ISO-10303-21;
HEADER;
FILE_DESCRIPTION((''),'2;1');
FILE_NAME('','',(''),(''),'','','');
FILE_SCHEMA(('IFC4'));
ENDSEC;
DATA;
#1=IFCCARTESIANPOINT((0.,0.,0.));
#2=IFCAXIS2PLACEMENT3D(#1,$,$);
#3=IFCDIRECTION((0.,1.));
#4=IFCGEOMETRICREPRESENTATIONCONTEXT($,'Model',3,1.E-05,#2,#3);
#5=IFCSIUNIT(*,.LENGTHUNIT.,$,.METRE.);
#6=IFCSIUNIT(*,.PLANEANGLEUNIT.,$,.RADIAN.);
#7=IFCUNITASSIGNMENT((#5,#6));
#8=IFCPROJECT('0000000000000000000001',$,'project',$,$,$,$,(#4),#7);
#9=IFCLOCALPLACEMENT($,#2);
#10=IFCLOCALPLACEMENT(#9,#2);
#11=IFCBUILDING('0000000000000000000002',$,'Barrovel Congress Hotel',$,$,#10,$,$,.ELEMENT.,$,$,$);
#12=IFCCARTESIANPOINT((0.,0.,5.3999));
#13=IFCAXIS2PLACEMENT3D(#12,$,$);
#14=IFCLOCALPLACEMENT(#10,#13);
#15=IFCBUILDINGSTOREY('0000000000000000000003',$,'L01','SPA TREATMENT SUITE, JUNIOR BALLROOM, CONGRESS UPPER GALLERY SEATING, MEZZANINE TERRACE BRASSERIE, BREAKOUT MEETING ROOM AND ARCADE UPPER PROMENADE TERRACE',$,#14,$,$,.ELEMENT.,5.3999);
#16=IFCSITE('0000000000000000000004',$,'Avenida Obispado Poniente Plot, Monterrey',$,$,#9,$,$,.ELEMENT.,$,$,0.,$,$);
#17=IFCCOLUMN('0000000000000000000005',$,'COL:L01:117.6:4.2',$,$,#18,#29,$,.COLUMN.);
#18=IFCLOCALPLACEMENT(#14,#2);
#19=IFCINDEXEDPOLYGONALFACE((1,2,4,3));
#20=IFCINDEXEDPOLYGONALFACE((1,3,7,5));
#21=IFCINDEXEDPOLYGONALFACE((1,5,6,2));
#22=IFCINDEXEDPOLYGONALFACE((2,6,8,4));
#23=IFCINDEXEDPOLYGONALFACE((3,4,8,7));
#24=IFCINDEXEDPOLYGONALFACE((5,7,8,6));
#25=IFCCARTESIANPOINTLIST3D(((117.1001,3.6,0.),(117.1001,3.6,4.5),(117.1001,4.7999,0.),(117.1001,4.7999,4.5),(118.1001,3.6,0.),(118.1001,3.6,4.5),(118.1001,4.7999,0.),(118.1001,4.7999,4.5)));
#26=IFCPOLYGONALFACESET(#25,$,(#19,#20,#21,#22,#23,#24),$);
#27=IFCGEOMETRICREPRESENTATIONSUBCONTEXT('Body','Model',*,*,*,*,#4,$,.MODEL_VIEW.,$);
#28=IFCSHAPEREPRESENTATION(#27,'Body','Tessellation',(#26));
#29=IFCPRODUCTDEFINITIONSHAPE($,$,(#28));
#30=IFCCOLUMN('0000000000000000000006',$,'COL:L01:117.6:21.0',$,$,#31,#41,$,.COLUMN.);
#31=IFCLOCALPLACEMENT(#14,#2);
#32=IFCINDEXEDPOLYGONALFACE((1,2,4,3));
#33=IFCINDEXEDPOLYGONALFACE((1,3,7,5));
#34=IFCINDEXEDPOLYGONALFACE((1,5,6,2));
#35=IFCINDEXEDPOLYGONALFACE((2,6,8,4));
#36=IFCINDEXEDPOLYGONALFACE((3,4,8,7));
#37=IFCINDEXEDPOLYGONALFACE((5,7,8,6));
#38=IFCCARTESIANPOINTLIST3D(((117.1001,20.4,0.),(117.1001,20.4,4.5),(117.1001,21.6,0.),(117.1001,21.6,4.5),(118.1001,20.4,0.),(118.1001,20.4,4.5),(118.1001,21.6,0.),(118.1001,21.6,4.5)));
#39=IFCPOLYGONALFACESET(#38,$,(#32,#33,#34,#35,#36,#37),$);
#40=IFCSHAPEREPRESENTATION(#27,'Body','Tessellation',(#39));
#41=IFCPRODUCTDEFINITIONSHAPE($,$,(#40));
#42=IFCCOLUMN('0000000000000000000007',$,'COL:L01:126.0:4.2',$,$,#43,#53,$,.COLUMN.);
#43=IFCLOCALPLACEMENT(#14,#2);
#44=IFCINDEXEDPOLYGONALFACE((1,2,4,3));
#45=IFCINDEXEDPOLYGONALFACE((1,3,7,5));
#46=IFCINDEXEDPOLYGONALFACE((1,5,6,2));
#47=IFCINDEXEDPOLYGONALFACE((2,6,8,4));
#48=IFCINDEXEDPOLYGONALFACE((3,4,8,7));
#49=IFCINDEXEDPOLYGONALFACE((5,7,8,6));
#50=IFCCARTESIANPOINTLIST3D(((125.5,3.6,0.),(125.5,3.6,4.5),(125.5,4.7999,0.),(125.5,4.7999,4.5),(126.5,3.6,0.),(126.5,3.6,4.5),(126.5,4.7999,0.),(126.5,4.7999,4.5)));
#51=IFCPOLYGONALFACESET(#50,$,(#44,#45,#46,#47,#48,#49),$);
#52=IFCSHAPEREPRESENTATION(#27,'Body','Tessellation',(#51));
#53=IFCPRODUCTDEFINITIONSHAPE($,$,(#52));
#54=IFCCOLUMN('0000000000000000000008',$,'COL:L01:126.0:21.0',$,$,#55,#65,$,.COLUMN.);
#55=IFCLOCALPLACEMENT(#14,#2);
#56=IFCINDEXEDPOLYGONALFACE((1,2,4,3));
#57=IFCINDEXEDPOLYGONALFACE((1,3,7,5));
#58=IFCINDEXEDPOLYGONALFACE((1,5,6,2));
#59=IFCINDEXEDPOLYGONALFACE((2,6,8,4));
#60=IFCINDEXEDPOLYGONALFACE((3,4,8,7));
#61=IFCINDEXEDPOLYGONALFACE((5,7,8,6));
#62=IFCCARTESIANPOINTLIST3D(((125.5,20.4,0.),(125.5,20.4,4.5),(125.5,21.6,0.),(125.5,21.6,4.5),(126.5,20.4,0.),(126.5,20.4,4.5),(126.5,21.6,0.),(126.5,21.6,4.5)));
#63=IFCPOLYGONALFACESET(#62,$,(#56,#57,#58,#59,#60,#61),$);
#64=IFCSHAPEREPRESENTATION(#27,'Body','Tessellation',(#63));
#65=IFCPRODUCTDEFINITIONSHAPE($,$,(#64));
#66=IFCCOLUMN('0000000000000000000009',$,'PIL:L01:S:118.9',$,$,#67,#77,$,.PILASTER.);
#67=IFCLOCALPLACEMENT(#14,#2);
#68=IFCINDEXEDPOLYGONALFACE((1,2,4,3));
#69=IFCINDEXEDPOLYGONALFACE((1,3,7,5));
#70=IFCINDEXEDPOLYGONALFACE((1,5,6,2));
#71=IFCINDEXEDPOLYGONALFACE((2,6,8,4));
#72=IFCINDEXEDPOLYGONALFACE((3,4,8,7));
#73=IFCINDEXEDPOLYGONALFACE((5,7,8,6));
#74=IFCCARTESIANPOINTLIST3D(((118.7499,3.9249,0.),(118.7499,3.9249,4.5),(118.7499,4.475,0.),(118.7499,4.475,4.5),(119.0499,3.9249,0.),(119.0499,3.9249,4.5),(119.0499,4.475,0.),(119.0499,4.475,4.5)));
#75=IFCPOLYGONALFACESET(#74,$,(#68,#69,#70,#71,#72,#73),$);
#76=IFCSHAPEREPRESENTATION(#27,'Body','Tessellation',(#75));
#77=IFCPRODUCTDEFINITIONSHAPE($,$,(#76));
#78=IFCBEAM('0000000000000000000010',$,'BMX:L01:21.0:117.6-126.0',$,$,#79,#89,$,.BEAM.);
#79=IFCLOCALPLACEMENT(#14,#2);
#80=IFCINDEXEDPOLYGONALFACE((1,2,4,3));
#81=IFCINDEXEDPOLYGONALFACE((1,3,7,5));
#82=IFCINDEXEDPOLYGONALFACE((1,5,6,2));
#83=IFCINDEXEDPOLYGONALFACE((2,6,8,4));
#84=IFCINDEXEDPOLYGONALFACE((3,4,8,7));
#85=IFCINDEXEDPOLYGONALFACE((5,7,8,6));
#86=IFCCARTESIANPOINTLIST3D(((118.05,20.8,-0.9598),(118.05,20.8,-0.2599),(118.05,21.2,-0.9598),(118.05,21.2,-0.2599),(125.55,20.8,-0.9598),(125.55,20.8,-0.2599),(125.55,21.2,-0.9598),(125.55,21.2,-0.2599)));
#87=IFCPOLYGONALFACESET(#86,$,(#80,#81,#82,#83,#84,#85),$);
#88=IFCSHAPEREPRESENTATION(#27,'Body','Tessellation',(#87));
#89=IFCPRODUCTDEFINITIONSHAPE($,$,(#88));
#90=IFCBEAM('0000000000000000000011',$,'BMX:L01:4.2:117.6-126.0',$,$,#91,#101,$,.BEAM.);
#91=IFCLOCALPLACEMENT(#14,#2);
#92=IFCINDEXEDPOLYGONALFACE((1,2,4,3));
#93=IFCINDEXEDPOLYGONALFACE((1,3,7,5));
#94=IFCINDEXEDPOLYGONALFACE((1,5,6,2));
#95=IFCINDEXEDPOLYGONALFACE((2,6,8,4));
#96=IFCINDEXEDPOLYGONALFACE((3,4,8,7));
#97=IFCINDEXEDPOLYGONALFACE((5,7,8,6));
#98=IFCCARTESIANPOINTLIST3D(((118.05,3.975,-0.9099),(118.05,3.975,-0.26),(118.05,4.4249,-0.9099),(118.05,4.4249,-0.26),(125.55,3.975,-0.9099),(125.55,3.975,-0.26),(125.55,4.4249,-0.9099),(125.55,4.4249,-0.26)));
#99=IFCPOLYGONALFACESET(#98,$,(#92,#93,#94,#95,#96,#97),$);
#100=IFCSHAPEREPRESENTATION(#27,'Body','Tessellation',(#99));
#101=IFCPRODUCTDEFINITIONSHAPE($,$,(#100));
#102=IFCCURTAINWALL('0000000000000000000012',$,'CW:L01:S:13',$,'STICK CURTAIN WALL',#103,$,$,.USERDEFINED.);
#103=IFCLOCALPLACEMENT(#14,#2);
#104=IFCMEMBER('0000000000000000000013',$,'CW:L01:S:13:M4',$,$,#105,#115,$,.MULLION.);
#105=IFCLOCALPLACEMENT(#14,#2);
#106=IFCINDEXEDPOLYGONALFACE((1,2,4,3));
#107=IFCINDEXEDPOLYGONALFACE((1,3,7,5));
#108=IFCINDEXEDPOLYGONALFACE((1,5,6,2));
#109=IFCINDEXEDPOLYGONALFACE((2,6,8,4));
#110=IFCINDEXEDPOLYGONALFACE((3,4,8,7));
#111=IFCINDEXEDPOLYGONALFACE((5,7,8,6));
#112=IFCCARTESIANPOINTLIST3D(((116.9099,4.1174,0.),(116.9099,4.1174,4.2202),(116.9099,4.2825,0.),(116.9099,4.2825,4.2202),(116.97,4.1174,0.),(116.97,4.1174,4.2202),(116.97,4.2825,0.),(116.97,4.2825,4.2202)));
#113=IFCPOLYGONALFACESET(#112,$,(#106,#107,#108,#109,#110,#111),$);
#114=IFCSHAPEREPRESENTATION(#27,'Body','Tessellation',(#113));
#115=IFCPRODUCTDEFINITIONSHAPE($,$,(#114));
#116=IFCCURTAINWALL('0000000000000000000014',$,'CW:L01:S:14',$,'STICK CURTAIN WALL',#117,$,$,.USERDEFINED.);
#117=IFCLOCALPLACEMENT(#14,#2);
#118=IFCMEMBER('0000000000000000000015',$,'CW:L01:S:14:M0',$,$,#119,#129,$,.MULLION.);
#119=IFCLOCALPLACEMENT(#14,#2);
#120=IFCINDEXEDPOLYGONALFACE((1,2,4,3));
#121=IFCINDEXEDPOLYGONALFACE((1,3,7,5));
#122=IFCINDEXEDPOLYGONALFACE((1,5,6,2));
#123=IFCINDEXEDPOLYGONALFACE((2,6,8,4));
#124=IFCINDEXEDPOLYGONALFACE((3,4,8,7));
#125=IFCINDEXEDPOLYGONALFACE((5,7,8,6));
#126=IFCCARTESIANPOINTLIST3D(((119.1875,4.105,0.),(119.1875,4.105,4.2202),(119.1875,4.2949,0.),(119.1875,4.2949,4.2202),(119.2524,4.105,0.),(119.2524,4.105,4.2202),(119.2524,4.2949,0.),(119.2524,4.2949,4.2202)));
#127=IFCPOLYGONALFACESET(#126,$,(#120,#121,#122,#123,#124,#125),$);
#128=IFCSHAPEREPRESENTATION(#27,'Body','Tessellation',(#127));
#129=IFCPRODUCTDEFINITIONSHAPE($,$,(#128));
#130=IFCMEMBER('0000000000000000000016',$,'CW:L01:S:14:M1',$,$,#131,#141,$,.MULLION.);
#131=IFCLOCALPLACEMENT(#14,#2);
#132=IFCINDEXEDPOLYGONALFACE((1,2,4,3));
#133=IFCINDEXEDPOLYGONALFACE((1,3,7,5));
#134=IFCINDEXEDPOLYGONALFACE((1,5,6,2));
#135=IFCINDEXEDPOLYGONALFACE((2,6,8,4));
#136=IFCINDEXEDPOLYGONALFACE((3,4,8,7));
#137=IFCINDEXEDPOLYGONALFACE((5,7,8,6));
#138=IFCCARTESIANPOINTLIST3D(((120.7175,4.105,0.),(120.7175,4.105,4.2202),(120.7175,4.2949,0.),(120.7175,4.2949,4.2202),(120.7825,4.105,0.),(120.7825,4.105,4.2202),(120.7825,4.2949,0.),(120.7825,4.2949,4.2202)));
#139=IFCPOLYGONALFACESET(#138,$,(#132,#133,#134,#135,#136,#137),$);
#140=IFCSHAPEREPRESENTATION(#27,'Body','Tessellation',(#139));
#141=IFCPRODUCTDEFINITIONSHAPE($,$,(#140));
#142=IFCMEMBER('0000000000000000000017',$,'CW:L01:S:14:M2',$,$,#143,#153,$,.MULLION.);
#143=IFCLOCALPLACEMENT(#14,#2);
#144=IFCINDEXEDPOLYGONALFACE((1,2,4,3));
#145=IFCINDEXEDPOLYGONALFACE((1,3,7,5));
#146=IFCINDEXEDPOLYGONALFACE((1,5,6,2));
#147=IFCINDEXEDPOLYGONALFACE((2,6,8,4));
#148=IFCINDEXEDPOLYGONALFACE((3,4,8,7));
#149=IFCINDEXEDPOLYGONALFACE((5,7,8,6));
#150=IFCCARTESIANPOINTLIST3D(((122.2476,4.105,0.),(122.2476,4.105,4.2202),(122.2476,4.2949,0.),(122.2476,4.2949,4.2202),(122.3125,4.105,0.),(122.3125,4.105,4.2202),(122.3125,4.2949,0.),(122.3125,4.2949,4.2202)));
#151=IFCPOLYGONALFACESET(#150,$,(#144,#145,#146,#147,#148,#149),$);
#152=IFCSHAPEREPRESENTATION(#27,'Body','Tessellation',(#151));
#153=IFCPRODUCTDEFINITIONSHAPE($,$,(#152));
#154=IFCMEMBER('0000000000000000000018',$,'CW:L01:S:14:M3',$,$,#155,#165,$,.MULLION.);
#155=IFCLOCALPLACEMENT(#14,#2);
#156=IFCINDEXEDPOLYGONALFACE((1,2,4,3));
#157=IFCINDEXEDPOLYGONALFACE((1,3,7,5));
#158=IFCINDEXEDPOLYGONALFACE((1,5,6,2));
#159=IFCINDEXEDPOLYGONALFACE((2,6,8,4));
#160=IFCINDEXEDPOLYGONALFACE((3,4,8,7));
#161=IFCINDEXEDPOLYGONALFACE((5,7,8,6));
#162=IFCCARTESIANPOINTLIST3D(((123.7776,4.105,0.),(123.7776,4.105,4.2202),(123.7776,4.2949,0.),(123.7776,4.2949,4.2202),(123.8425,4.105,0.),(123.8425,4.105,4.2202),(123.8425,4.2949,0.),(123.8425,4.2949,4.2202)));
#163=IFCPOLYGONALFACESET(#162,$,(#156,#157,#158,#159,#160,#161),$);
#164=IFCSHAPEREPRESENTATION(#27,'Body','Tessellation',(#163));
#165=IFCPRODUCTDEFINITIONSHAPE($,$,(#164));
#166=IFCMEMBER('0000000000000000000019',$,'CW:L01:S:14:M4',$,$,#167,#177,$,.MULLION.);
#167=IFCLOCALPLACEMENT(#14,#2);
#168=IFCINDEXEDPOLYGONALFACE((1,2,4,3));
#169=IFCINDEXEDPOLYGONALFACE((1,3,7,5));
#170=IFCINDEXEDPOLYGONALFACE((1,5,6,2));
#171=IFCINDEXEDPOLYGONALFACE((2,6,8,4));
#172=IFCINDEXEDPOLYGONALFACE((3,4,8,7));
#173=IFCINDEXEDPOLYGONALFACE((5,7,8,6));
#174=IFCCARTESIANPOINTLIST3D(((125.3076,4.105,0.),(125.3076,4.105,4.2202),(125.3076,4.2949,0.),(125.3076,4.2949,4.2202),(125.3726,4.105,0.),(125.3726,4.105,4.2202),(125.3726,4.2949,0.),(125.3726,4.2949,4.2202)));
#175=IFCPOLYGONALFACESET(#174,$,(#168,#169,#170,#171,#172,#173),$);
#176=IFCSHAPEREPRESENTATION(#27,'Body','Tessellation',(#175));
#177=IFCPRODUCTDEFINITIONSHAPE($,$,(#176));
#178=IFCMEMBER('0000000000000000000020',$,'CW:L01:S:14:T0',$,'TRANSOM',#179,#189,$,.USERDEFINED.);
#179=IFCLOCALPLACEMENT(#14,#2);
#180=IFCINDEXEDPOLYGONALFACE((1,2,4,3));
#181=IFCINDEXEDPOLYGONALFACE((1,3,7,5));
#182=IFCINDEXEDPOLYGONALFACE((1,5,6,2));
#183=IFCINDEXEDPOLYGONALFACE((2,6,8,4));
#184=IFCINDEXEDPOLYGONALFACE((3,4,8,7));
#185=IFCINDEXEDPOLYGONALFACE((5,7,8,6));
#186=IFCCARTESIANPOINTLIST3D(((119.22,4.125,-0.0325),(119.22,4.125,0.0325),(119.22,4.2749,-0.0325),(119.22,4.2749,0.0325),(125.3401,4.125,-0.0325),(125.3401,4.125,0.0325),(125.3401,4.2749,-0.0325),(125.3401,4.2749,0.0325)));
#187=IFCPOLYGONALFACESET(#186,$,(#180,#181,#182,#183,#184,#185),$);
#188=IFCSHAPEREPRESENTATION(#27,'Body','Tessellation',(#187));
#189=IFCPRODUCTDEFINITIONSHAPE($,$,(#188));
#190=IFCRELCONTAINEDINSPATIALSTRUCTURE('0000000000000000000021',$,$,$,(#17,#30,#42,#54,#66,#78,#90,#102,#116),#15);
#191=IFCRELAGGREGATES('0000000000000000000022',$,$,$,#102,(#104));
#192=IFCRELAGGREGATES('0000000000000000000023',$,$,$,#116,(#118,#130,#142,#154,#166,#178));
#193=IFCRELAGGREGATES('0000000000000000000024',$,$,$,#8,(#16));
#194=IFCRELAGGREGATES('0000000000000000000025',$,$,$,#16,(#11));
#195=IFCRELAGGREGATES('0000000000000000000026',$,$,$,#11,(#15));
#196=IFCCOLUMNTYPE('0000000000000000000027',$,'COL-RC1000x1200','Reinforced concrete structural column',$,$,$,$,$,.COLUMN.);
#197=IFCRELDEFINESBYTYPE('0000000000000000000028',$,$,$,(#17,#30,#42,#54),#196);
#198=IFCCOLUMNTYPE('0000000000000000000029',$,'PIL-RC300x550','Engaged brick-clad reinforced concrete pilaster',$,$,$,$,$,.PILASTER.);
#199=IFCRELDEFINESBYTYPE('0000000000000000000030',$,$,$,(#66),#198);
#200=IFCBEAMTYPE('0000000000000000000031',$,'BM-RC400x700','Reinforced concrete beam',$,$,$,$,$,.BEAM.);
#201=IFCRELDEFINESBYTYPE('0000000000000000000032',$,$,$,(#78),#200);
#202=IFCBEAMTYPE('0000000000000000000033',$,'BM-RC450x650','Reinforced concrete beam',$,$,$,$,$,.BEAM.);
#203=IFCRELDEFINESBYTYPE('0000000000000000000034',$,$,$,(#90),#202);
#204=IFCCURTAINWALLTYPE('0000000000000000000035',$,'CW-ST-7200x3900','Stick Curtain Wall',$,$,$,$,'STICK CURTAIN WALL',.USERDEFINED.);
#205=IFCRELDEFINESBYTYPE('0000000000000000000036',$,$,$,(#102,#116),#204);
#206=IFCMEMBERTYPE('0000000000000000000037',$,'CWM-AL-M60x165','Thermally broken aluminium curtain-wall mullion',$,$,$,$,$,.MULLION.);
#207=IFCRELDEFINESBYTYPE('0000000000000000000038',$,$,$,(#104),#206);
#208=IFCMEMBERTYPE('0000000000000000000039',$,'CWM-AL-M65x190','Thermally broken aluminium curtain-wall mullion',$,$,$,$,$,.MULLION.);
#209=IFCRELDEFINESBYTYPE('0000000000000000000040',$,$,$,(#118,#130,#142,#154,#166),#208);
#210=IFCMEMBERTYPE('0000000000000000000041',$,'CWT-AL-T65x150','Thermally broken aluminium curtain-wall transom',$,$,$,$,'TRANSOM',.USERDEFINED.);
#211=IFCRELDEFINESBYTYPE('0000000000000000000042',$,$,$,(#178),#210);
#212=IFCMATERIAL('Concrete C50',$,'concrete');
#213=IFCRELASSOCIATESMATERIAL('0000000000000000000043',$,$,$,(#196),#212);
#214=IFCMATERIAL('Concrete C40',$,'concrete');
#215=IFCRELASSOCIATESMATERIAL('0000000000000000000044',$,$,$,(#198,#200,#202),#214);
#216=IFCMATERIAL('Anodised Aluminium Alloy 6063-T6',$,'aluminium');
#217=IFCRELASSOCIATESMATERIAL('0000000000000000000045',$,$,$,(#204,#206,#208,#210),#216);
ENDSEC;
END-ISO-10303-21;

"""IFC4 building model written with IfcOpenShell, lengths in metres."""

from ifc_helpers import new_model, si_unit, direction, frame, origin, origin_2d, place, context, subcontext, project, spatial, rectangle, extrude, material, material_profile, profile_set, type_object, element, aggregate, save


model = new_model("IFC4")

# Units and contexts
model_context = context("Model", 3, precision=1e-05, world=origin(), true_north=direction((0.0, 1.0)))
body_context = subcontext(model_context, "Body", "Model", "MODEL_VIEW")
ifc_project = project(units=[si_unit("LENGTHUNIT", "METRE"), si_unit("PLANEANGLEUNIT", "RADIAN")], contexts=[model_context])

# Site, building, storey
site_placement = place(None, origin())
site = spatial("IfcSite", under=ifc_project, at=site_placement, Name="Avenida Obispado Poniente Plot, Monterrey", CompositionType="ELEMENT", RefElevation=0.0)
building_placement = place(site_placement, origin())
building = spatial("IfcBuilding", under=site, at=building_placement, Name="Barrovel Congress Hotel", CompositionType="ELEMENT")
storey_placement = place(building_placement, frame((0.0, 0.0, 5.3999)))
storey = spatial("IfcBuildingStorey", under=building, at=storey_placement, Name="L01", Description="SPA TREATMENT SUITE, JUNIOR BALLROOM, CONGRESS UPPER GALLERY SEATING, MEZZANINE TERRACE BRASSERIE, BREAKOUT MEETING ROOM AND ARCADE UPPER PROMENADE TERRACE", CompositionType="ELEMENT", Elevation=5.3999)

# Columns
ifc_material_1 = material(Name="Concrete C50", Category="concrete")
ifc_material_profile_1 = material_profile(ifc_material_1, rectangle(XDim=1.0, YDim=1.2, at=origin_2d()), Name="RC1000x1200")
ifc_profile_set_1 = profile_set([ifc_material_profile_1], Name="Concrete C50")
column_type_1 = type_object("IfcColumnType", Name="COL-RC1000x1200", Description="Reinforced concrete structural column", PredefinedType="COLUMN", material=ifc_profile_set_1)
for number, where, z_axis, x_axis, name in (
    (1, (117.6001, 4.2, 0.0), (0.0, 0.0, 1.0), (1.0, 0.0, 0.0), "COL:L01:117.6:4.2"),
    (2, (117.6001, 21.0, 0.0), (0.0, 0.0, 1.0), (1.0, 0.0, 0.0), "COL:L01:117.6:21.0"),
    (3, (126.0, 4.2, 0.0), (0.0, 0.0, 1.0), (1.0, 0.0, 0.0), "COL:L01:126.0:4.2"),
    (4, (126.0, 21.0, 0.0), (0.0, 0.0, 1.0), (1.0, 0.0, 0.0), "COL:L01:126.0:21.0"),
):
    element("IfcColumn", number, at=place(storey_placement, frame(where, z_axis=z_axis, x_axis=x_axis)), inside=storey, type_object=column_type_1, Name=name, PredefinedType="COLUMN", context=body_context, shape_type="SweptSolid", body=[
        extrude(rectangle(XDim=1.0, YDim=1.2, at=origin_2d()), origin(), (0.0, 0.0, 1.0), 4.5),
    ])
ifc_material_2 = material(Name="Concrete C40", Category="concrete")
ifc_material_profile_2 = material_profile(ifc_material_2, rectangle(XDim=0.3, YDim=0.55, at=origin_2d()), Name="RC300x550")
ifc_profile_set_2 = profile_set([ifc_material_profile_2], Name="Concrete C40")
column_type_2 = type_object("IfcColumnType", Name="PIL-RC300x550", Description="Engaged brick-clad reinforced concrete pilaster", PredefinedType="PILASTER", material=ifc_profile_set_2)
column_placement = place(storey_placement, frame((118.8999, 4.2, 0.0), z_axis=(0.0, 0.0, 1.0), x_axis=(1.0, 0.0, 0.0)))
element("IfcColumn", 5, at=column_placement, inside=storey, type_object=column_type_2, Name="PIL:L01:S:118.9", PredefinedType="PILASTER", context=body_context, shape_type="SweptSolid", body=[
    extrude(rectangle(XDim=0.3, YDim=0.55, at=origin_2d()), origin(), (0.0, 0.0, 1.0), 4.5),
])

# Beams
ifc_material_profile_3 = material_profile(ifc_material_2, rectangle(XDim=0.3999, YDim=0.7, at=origin_2d()), Name="RC400x700")
ifc_profile_set_3 = profile_set([ifc_material_profile_3], Name="Concrete C40")
beam_type_1 = type_object("IfcBeamType", Name="BM-RC400x700", Description="Reinforced concrete beam", PredefinedType="BEAM", material=ifc_profile_set_3)
beam_1_placement = place(storey_placement, frame((118.05, 21.0, -0.6099), z_axis=(1.0, 0.0, 0.0), x_axis=(0.0, 1.0, 0.0)))
element("IfcBeam", 6, at=beam_1_placement, inside=storey, type_object=beam_type_1, Name="BMX:L01:21.0:117.6-126.0", PredefinedType="BEAM", context=body_context, shape_type="SweptSolid", body=[
    extrude(rectangle(XDim=0.3999, YDim=0.7, at=origin_2d()), origin(), (0.0, 0.0, 1.0), 7.5),
])
ifc_material_profile_4 = material_profile(ifc_material_2, rectangle(XDim=0.45, YDim=0.6499, at=origin_2d()), Name="RC450x650")
ifc_profile_set_4 = profile_set([ifc_material_profile_4], Name="Concrete C40")
beam_type_2 = type_object("IfcBeamType", Name="BM-RC450x650", Description="Reinforced concrete beam", PredefinedType="BEAM", material=ifc_profile_set_4)
beam_2_placement = place(storey_placement, frame((118.05, 4.2, -0.585), z_axis=(1.0, 0.0, 0.0), x_axis=(0.0, 1.0, 0.0)))
element("IfcBeam", 7, at=beam_2_placement, inside=storey, type_object=beam_type_2, Name="BMX:L01:4.2:117.6-126.0", PredefinedType="BEAM", context=body_context, shape_type="SweptSolid", body=[
    extrude(rectangle(XDim=0.45, YDim=0.6499, at=origin_2d()), origin(), (0.0, 0.0, 1.0), 7.5),
])

# Curtain wall, member
ifc_material_3 = material(Name="Anodised Aluminium Alloy 6063-T6", Category="aluminium")
curtain_wall_type = type_object("IfcCurtainWallType", Name="CW-ST-7200x3900", Description="Stick Curtain Wall", ElementType="STICK CURTAIN WALL", PredefinedType="USERDEFINED", material=ifc_material_3)
curtain_wall_1_placement = place(storey_placement, origin())
curtain_wall_1 = element("IfcCurtainWall", 8, at=curtain_wall_1_placement, inside=storey, type_object=curtain_wall_type, Name="CW:L01:S:13", ObjectType="STICK CURTAIN WALL", PredefinedType="USERDEFINED")
ifc_material_profile_5 = material_profile(ifc_material_3, rectangle(XDim=0.0601, YDim=0.165, at=origin_2d()), Name="AL-M60x165")
ifc_profile_set_5 = profile_set([ifc_material_profile_5], Name="Anodised Aluminium Alloy 6063-T6")
member_type_1 = type_object("IfcMemberType", Name="CWM-AL-M60x165", Description="Thermally broken aluminium curtain-wall mullion", PredefinedType="MULLION", material=ifc_profile_set_5)
member_1_placement = place(storey_placement, frame((116.9399, 4.2, 0.0), z_axis=(0.0, 0.0, 1.0), x_axis=(1.0, 0.0, 0.0)))
member_1 = element("IfcMember", 9, at=member_1_placement, type_object=member_type_1, Name="CW:L01:S:13:M4", PredefinedType="MULLION", context=body_context, shape_type="SweptSolid", body=[
    extrude(rectangle(XDim=0.0601, YDim=0.165, at=origin_2d()), origin(), (0.0, 0.0, 1.0), 4.2202),
])
aggregate(curtain_wall_1, [member_1])

# Curtain wall, members
curtain_wall_2_placement = place(storey_placement, origin())
curtain_wall_2 = element("IfcCurtainWall", 10, at=curtain_wall_2_placement, inside=storey, type_object=curtain_wall_type, Name="CW:L01:S:14", ObjectType="STICK CURTAIN WALL", PredefinedType="USERDEFINED")
ifc_material_profile_6 = material_profile(ifc_material_3, rectangle(XDim=0.0649, YDim=0.1899, at=origin_2d()), Name="AL-M65x190")
ifc_profile_set_6 = profile_set([ifc_material_profile_6], Name="Anodised Aluminium Alloy 6063-T6")
member_type_2 = type_object("IfcMemberType", Name="CWM-AL-M65x190", Description="Thermally broken aluminium curtain-wall mullion", PredefinedType="MULLION", material=ifc_profile_set_6)
member_2_placement = place(storey_placement, frame((119.22, 4.2, 0.0), z_axis=(0.0, 0.0, 1.0), x_axis=(1.0, 0.0, 0.0)))
member_2 = element("IfcMember", 11, at=member_2_placement, type_object=member_type_2, Name="CW:L01:S:14:M0", PredefinedType="MULLION", context=body_context, shape_type="SweptSolid", body=[
    extrude(rectangle(XDim=0.0649, YDim=0.1899, at=origin_2d()), origin(), (0.0, 0.0, 1.0), 4.2202),
])
member_3_placement = place(storey_placement, frame((120.75, 4.2, 0.0), z_axis=(0.0, 0.0, 1.0), x_axis=(1.0, 0.0, 0.0)))
member_3 = element("IfcMember", 12, at=member_3_placement, type_object=member_type_2, Name="CW:L01:S:14:M1", PredefinedType="MULLION", context=body_context, shape_type="SweptSolid", body=[
    extrude(rectangle(XDim=0.0649, YDim=0.1899, at=origin_2d()), origin(), (0.0, 0.0, 1.0), 4.2202),
])
member_4_placement = place(storey_placement, frame((122.28, 4.2, 0.0), z_axis=(0.0, 0.0, 1.0), x_axis=(1.0, 0.0, 0.0)))
member_4 = element("IfcMember", 13, at=member_4_placement, type_object=member_type_2, Name="CW:L01:S:14:M2", PredefinedType="MULLION", context=body_context, shape_type="SweptSolid", body=[
    extrude(rectangle(XDim=0.0649, YDim=0.1899, at=origin_2d()), origin(), (0.0, 0.0, 1.0), 4.2202),
])
member_5_placement = place(storey_placement, frame((123.8101, 4.2, 0.0), z_axis=(0.0, 0.0, 1.0), x_axis=(1.0, 0.0, 0.0)))
member_5 = element("IfcMember", 14, at=member_5_placement, type_object=member_type_2, Name="CW:L01:S:14:M3", PredefinedType="MULLION", context=body_context, shape_type="SweptSolid", body=[
    extrude(rectangle(XDim=0.0649, YDim=0.1899, at=origin_2d()), origin(), (0.0, 0.0, 1.0), 4.2202),
])
member_6_placement = place(storey_placement, frame((125.3401, 4.2, 0.0), z_axis=(0.0, 0.0, 1.0), x_axis=(1.0, 0.0, 0.0)))
member_6 = element("IfcMember", 15, at=member_6_placement, type_object=member_type_2, Name="CW:L01:S:14:M4", PredefinedType="MULLION", context=body_context, shape_type="SweptSolid", body=[
    extrude(rectangle(XDim=0.0649, YDim=0.1899, at=origin_2d()), origin(), (0.0, 0.0, 1.0), 4.2202),
])
ifc_material_profile_7 = material_profile(ifc_material_3, rectangle(XDim=0.1499, YDim=0.0649, at=origin_2d()), Name="AL-T65x150")
ifc_profile_set_7 = profile_set([ifc_material_profile_7], Name="Anodised Aluminium Alloy 6063-T6")
member_type_3 = type_object("IfcMemberType", Name="CWT-AL-T65x150", Description="Thermally broken aluminium curtain-wall transom", ElementType="TRANSOM", PredefinedType="USERDEFINED", material=ifc_profile_set_7)
member_7_placement = place(storey_placement, frame((119.22, 4.2, 0.0), z_axis=(1.0, 0.0, 0.0), x_axis=(0.0, 1.0, 0.0)))
member_7 = element("IfcMember", 16, at=member_7_placement, type_object=member_type_3, Name="CW:L01:S:14:T0", ObjectType="TRANSOM", PredefinedType="USERDEFINED", context=body_context, shape_type="SweptSolid", body=[
    extrude(rectangle(XDim=0.1499, YDim=0.0649, at=origin_2d()), origin(), (0.0, 0.0, 1.0), 6.1201),
])

aggregate(curtain_wall_2, [member_2, member_3, member_4, member_5, member_6, member_7])

save(model, "model.ifc")
